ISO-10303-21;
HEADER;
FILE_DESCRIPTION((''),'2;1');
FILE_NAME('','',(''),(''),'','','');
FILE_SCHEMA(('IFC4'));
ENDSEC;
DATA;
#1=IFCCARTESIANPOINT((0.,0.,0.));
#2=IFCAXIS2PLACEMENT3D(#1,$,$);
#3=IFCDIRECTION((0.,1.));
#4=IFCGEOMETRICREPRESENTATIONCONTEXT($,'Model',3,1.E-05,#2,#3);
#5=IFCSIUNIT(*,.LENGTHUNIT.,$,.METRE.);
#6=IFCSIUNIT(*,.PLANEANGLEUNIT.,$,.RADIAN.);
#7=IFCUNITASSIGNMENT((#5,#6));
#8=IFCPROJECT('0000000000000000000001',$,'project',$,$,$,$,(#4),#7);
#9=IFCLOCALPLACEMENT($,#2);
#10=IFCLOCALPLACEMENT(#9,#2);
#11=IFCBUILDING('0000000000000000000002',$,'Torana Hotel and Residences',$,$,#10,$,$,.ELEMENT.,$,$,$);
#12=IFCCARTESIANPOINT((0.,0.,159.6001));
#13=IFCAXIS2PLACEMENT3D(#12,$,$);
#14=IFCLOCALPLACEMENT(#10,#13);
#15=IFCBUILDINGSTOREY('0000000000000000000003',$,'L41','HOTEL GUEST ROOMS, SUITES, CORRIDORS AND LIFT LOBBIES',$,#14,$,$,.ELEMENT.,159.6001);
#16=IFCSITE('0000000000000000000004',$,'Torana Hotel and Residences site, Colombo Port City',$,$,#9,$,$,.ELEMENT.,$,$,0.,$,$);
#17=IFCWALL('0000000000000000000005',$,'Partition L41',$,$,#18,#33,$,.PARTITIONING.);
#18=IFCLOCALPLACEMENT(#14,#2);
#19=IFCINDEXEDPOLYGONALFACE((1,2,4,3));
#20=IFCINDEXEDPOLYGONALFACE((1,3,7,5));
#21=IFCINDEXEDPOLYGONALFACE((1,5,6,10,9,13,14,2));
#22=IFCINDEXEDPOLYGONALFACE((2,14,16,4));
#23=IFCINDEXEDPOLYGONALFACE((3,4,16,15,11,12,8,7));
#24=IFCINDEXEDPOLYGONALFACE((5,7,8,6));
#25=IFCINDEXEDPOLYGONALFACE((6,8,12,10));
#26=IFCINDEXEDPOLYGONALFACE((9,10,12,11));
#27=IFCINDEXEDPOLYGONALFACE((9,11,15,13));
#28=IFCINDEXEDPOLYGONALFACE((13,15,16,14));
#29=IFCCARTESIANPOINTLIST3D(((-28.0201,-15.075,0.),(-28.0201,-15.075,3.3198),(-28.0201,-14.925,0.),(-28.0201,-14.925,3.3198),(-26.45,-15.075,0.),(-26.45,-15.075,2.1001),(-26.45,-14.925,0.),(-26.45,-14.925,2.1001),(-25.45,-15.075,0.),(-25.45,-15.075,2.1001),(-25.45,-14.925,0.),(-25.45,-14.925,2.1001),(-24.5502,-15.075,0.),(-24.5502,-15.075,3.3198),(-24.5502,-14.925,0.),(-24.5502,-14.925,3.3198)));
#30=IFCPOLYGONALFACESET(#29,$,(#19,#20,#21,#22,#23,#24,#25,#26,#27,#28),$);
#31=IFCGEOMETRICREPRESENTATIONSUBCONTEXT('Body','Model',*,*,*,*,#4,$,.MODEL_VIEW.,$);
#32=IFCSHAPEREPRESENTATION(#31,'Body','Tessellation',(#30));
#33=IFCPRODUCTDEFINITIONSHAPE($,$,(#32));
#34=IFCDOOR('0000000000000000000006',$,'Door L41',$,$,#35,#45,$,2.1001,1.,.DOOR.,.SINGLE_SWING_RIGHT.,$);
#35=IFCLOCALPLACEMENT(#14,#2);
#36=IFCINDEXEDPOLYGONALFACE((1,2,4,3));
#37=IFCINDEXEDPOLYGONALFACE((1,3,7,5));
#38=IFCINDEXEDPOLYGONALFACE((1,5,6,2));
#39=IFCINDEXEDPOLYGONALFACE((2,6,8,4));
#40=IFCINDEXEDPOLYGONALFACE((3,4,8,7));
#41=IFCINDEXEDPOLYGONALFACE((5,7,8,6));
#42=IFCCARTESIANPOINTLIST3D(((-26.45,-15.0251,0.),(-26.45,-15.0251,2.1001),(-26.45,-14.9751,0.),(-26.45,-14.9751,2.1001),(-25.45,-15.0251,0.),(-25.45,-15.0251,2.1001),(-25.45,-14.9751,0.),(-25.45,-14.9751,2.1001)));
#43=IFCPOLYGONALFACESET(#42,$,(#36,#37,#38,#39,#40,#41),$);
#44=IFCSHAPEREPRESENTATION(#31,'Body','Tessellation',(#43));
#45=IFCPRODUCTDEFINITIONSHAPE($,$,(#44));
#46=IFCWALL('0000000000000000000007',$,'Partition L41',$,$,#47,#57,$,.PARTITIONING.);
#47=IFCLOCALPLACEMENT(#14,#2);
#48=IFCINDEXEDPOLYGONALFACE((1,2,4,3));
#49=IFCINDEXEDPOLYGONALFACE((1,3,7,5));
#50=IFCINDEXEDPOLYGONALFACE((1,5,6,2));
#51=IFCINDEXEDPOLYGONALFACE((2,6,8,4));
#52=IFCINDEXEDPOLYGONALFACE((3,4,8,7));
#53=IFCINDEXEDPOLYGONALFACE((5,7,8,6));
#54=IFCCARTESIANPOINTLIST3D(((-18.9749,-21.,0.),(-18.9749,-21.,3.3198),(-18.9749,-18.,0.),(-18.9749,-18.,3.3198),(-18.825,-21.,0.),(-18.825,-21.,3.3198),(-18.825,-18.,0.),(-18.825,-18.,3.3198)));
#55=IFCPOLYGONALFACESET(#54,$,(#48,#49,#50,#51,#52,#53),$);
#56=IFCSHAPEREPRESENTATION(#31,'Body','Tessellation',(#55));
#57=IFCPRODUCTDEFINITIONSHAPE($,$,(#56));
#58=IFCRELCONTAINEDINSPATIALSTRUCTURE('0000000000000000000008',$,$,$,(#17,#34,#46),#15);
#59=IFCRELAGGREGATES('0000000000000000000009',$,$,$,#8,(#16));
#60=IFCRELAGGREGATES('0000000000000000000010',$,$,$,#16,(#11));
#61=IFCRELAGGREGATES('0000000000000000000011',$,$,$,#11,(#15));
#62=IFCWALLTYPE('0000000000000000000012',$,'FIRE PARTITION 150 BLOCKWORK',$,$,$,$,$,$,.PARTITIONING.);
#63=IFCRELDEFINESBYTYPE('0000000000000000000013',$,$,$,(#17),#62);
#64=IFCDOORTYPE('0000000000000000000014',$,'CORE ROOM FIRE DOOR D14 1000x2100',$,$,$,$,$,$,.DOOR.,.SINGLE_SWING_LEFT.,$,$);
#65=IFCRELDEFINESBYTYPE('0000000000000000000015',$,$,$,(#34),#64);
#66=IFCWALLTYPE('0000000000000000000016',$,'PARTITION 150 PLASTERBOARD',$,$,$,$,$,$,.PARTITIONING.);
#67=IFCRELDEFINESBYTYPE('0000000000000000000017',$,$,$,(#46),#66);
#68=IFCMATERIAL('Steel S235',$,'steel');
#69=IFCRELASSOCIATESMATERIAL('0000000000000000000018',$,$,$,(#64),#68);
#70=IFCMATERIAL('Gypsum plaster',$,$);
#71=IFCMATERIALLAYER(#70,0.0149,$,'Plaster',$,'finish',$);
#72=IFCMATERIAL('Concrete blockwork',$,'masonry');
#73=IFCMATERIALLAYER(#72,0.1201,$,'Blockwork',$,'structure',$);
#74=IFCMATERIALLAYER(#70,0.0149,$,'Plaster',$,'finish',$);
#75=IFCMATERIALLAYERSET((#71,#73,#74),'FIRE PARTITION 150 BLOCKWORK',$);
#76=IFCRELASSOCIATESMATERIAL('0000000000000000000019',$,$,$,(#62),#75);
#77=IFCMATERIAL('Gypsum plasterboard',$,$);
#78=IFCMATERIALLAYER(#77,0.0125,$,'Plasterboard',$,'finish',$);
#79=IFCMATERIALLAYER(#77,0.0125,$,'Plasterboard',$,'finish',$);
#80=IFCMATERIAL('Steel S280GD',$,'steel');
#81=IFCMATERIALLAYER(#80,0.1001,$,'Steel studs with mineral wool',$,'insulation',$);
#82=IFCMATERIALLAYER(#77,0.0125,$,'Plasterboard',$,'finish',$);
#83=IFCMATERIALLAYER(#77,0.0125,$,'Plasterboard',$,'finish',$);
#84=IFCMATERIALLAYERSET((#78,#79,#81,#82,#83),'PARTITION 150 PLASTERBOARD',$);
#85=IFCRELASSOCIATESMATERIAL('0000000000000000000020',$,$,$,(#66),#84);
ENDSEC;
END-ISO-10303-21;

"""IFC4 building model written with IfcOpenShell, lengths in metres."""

from ifc_helpers import new_model, si_unit, direction, frame, frame_2d, origin, place, context, subcontext, project, spatial, rectangle, extrude, material, layer, layer_set, type_object, element, fill, save


model = new_model("IFC4")

# Units and contexts
model_context = context("Model", 3, precision=1e-05, world=origin(), true_north=direction((0.0, 1.0)))
body_context = subcontext(model_context, "Body", "Model", "MODEL_VIEW")
ifc_project = project(units=[si_unit("LENGTHUNIT", "METRE"), si_unit("PLANEANGLEUNIT", "RADIAN")], contexts=[model_context])

# Site, building, storey
site_placement = place(None, origin())
site = spatial("IfcSite", under=ifc_project, at=site_placement, Name="Torana Hotel and Residences site, Colombo Port City", CompositionType="ELEMENT", RefElevation=0.0)
building_placement = place(site_placement, origin())
building = spatial("IfcBuilding", under=site, at=building_placement, Name="Torana Hotel and Residences", CompositionType="ELEMENT")
storey_placement = place(building_placement, frame((0.0, 0.0, 159.6001)))
storey = spatial("IfcBuildingStorey", under=building, at=storey_placement, Name="L41", Description="HOTEL GUEST ROOMS, SUITES, CORRIDORS AND LIFT LOBBIES", CompositionType="ELEMENT", Elevation=159.6001)

# Shared definitions
ifc_material_1 = material(Name="Steel S235", Category="steel")
door_type_1 = type_object("IfcDoorType", Name="CORE ROOM FIRE DOOR D14 1000x2100", OperationType="SINGLE_SWING_LEFT", PredefinedType="DOOR", material=ifc_material_1)

# Wall, opening, door
ifc_material_2 = material(Name="Gypsum plaster")
ifc_layer_1 = layer(ifc_material_2, 0.0149, Name="Plaster", Category="finish")
ifc_material_3 = material(Name="Concrete blockwork", Category="masonry")
ifc_layer_2 = layer(ifc_material_3, 0.1201, Name="Blockwork", Category="structure")
ifc_layer_3 = layer(ifc_material_2, 0.0149, Name="Plaster", Category="finish")
ifc_layer_set_1 = layer_set([ifc_layer_1, ifc_layer_2, ifc_layer_3], Name="FIRE PARTITION 150 BLOCKWORK")
wall_type_1 = type_object("IfcWallType", Name="FIRE PARTITION 150 BLOCKWORK", PredefinedType="PARTITIONING", material=ifc_layer_set_1)
wall_1_placement = place(storey_placement, frame((-28.02, -15.0, 0.0), z_axis=(0.0, 0.0, 1.0), x_axis=(1.0, 0.0, 0.0)))
wall_1 = element("IfcWall", 1, at=wall_1_placement, inside=storey, type_object=wall_type_1, Name="Partition L41", PredefinedType="PARTITIONING", context=body_context, shape_type="SweptSolid", body=[
    extrude(rectangle(XDim=3.47, YDim=0.1499, at=frame_2d((1.7349, 0.0))), origin(), (0.0, 0.0, 1.0), 3.3198),
])
opening_1_placement = place(wall_1_placement, frame((1.5701, 0.0, 0.0)))
opening_1 = element("IfcOpeningElement", 2, at=opening_1_placement, cuts=wall_1, PredefinedType="OPENING", context=body_context, shape_type="SweptSolid", body=[
    extrude(rectangle(XDim=1.0, YDim=2.1001, at=frame_2d((0.5, 1.05))), frame((0.0, 0.085, 0.0), z_axis=(0.0, -1.0, 0.0), x_axis=(1.0, 0.0, 0.0)), (0.0, 0.0, 1.0), 0.1699),
])
door_1_placement = place(opening_1_placement, origin())
door_1 = element("IfcDoor", 3, at=door_1_placement, inside=storey, type_object=door_type_1, Name="Door L41", OperationType="SINGLE_SWING_RIGHT", OverallHeight=2.1001, OverallWidth=1.0, PredefinedType="DOOR", context=body_context, shape_type="SweptSolid", body=[
    extrude(rectangle(XDim=1.0, YDim=2.1001, at=frame_2d((0.5, 1.05))), frame((0.0, 0.0249, 0.0), z_axis=(0.0, -1.0, 0.0), x_axis=(1.0, 0.0, 0.0)), (0.0, 0.0, 1.0), 0.05),
])
fill(opening_1, door_1)

# Wall
ifc_material_4 = material(Name="Gypsum plasterboard")
ifc_layer_4 = layer(ifc_material_4, 0.0125, Name="Plasterboard", Category="finish")
ifc_layer_5 = layer(ifc_material_4, 0.0125, Name="Plasterboard", Category="finish")
ifc_material_5 = material(Name="Steel S280GD", Category="steel")
ifc_layer_6 = layer(ifc_material_5, 0.1001, Name="Steel studs with mineral wool", Category="insulation")
ifc_layer_7 = layer(ifc_material_4, 0.0125, Name="Plasterboard", Category="finish")
ifc_layer_8 = layer(ifc_material_4, 0.0125, Name="Plasterboard", Category="finish")
ifc_layer_set_2 = layer_set([ifc_layer_4, ifc_layer_5, ifc_layer_6, ifc_layer_7, ifc_layer_8], Name="PARTITION 150 PLASTERBOARD")
wall_type_2 = type_object("IfcWallType", Name="PARTITION 150 PLASTERBOARD", PredefinedType="PARTITIONING", material=ifc_layer_set_2)
wall_2_placement = place(storey_placement, frame((-18.8999, -21.0, 0.0), z_axis=(0.0, 0.0, 1.0), x_axis=(0.0, 1.0, 0.0)))
element("IfcWall", 4, at=wall_2_placement, inside=storey, type_object=wall_type_2, Name="Partition L41", PredefinedType="PARTITIONING", context=body_context, shape_type="SweptSolid", body=[
    extrude(rectangle(XDim=3.0, YDim=0.1499, at=frame_2d((1.5, 0.0))), origin(), (0.0, 0.0, 1.0), 3.3198),
])

save(model, "model.ifc")
